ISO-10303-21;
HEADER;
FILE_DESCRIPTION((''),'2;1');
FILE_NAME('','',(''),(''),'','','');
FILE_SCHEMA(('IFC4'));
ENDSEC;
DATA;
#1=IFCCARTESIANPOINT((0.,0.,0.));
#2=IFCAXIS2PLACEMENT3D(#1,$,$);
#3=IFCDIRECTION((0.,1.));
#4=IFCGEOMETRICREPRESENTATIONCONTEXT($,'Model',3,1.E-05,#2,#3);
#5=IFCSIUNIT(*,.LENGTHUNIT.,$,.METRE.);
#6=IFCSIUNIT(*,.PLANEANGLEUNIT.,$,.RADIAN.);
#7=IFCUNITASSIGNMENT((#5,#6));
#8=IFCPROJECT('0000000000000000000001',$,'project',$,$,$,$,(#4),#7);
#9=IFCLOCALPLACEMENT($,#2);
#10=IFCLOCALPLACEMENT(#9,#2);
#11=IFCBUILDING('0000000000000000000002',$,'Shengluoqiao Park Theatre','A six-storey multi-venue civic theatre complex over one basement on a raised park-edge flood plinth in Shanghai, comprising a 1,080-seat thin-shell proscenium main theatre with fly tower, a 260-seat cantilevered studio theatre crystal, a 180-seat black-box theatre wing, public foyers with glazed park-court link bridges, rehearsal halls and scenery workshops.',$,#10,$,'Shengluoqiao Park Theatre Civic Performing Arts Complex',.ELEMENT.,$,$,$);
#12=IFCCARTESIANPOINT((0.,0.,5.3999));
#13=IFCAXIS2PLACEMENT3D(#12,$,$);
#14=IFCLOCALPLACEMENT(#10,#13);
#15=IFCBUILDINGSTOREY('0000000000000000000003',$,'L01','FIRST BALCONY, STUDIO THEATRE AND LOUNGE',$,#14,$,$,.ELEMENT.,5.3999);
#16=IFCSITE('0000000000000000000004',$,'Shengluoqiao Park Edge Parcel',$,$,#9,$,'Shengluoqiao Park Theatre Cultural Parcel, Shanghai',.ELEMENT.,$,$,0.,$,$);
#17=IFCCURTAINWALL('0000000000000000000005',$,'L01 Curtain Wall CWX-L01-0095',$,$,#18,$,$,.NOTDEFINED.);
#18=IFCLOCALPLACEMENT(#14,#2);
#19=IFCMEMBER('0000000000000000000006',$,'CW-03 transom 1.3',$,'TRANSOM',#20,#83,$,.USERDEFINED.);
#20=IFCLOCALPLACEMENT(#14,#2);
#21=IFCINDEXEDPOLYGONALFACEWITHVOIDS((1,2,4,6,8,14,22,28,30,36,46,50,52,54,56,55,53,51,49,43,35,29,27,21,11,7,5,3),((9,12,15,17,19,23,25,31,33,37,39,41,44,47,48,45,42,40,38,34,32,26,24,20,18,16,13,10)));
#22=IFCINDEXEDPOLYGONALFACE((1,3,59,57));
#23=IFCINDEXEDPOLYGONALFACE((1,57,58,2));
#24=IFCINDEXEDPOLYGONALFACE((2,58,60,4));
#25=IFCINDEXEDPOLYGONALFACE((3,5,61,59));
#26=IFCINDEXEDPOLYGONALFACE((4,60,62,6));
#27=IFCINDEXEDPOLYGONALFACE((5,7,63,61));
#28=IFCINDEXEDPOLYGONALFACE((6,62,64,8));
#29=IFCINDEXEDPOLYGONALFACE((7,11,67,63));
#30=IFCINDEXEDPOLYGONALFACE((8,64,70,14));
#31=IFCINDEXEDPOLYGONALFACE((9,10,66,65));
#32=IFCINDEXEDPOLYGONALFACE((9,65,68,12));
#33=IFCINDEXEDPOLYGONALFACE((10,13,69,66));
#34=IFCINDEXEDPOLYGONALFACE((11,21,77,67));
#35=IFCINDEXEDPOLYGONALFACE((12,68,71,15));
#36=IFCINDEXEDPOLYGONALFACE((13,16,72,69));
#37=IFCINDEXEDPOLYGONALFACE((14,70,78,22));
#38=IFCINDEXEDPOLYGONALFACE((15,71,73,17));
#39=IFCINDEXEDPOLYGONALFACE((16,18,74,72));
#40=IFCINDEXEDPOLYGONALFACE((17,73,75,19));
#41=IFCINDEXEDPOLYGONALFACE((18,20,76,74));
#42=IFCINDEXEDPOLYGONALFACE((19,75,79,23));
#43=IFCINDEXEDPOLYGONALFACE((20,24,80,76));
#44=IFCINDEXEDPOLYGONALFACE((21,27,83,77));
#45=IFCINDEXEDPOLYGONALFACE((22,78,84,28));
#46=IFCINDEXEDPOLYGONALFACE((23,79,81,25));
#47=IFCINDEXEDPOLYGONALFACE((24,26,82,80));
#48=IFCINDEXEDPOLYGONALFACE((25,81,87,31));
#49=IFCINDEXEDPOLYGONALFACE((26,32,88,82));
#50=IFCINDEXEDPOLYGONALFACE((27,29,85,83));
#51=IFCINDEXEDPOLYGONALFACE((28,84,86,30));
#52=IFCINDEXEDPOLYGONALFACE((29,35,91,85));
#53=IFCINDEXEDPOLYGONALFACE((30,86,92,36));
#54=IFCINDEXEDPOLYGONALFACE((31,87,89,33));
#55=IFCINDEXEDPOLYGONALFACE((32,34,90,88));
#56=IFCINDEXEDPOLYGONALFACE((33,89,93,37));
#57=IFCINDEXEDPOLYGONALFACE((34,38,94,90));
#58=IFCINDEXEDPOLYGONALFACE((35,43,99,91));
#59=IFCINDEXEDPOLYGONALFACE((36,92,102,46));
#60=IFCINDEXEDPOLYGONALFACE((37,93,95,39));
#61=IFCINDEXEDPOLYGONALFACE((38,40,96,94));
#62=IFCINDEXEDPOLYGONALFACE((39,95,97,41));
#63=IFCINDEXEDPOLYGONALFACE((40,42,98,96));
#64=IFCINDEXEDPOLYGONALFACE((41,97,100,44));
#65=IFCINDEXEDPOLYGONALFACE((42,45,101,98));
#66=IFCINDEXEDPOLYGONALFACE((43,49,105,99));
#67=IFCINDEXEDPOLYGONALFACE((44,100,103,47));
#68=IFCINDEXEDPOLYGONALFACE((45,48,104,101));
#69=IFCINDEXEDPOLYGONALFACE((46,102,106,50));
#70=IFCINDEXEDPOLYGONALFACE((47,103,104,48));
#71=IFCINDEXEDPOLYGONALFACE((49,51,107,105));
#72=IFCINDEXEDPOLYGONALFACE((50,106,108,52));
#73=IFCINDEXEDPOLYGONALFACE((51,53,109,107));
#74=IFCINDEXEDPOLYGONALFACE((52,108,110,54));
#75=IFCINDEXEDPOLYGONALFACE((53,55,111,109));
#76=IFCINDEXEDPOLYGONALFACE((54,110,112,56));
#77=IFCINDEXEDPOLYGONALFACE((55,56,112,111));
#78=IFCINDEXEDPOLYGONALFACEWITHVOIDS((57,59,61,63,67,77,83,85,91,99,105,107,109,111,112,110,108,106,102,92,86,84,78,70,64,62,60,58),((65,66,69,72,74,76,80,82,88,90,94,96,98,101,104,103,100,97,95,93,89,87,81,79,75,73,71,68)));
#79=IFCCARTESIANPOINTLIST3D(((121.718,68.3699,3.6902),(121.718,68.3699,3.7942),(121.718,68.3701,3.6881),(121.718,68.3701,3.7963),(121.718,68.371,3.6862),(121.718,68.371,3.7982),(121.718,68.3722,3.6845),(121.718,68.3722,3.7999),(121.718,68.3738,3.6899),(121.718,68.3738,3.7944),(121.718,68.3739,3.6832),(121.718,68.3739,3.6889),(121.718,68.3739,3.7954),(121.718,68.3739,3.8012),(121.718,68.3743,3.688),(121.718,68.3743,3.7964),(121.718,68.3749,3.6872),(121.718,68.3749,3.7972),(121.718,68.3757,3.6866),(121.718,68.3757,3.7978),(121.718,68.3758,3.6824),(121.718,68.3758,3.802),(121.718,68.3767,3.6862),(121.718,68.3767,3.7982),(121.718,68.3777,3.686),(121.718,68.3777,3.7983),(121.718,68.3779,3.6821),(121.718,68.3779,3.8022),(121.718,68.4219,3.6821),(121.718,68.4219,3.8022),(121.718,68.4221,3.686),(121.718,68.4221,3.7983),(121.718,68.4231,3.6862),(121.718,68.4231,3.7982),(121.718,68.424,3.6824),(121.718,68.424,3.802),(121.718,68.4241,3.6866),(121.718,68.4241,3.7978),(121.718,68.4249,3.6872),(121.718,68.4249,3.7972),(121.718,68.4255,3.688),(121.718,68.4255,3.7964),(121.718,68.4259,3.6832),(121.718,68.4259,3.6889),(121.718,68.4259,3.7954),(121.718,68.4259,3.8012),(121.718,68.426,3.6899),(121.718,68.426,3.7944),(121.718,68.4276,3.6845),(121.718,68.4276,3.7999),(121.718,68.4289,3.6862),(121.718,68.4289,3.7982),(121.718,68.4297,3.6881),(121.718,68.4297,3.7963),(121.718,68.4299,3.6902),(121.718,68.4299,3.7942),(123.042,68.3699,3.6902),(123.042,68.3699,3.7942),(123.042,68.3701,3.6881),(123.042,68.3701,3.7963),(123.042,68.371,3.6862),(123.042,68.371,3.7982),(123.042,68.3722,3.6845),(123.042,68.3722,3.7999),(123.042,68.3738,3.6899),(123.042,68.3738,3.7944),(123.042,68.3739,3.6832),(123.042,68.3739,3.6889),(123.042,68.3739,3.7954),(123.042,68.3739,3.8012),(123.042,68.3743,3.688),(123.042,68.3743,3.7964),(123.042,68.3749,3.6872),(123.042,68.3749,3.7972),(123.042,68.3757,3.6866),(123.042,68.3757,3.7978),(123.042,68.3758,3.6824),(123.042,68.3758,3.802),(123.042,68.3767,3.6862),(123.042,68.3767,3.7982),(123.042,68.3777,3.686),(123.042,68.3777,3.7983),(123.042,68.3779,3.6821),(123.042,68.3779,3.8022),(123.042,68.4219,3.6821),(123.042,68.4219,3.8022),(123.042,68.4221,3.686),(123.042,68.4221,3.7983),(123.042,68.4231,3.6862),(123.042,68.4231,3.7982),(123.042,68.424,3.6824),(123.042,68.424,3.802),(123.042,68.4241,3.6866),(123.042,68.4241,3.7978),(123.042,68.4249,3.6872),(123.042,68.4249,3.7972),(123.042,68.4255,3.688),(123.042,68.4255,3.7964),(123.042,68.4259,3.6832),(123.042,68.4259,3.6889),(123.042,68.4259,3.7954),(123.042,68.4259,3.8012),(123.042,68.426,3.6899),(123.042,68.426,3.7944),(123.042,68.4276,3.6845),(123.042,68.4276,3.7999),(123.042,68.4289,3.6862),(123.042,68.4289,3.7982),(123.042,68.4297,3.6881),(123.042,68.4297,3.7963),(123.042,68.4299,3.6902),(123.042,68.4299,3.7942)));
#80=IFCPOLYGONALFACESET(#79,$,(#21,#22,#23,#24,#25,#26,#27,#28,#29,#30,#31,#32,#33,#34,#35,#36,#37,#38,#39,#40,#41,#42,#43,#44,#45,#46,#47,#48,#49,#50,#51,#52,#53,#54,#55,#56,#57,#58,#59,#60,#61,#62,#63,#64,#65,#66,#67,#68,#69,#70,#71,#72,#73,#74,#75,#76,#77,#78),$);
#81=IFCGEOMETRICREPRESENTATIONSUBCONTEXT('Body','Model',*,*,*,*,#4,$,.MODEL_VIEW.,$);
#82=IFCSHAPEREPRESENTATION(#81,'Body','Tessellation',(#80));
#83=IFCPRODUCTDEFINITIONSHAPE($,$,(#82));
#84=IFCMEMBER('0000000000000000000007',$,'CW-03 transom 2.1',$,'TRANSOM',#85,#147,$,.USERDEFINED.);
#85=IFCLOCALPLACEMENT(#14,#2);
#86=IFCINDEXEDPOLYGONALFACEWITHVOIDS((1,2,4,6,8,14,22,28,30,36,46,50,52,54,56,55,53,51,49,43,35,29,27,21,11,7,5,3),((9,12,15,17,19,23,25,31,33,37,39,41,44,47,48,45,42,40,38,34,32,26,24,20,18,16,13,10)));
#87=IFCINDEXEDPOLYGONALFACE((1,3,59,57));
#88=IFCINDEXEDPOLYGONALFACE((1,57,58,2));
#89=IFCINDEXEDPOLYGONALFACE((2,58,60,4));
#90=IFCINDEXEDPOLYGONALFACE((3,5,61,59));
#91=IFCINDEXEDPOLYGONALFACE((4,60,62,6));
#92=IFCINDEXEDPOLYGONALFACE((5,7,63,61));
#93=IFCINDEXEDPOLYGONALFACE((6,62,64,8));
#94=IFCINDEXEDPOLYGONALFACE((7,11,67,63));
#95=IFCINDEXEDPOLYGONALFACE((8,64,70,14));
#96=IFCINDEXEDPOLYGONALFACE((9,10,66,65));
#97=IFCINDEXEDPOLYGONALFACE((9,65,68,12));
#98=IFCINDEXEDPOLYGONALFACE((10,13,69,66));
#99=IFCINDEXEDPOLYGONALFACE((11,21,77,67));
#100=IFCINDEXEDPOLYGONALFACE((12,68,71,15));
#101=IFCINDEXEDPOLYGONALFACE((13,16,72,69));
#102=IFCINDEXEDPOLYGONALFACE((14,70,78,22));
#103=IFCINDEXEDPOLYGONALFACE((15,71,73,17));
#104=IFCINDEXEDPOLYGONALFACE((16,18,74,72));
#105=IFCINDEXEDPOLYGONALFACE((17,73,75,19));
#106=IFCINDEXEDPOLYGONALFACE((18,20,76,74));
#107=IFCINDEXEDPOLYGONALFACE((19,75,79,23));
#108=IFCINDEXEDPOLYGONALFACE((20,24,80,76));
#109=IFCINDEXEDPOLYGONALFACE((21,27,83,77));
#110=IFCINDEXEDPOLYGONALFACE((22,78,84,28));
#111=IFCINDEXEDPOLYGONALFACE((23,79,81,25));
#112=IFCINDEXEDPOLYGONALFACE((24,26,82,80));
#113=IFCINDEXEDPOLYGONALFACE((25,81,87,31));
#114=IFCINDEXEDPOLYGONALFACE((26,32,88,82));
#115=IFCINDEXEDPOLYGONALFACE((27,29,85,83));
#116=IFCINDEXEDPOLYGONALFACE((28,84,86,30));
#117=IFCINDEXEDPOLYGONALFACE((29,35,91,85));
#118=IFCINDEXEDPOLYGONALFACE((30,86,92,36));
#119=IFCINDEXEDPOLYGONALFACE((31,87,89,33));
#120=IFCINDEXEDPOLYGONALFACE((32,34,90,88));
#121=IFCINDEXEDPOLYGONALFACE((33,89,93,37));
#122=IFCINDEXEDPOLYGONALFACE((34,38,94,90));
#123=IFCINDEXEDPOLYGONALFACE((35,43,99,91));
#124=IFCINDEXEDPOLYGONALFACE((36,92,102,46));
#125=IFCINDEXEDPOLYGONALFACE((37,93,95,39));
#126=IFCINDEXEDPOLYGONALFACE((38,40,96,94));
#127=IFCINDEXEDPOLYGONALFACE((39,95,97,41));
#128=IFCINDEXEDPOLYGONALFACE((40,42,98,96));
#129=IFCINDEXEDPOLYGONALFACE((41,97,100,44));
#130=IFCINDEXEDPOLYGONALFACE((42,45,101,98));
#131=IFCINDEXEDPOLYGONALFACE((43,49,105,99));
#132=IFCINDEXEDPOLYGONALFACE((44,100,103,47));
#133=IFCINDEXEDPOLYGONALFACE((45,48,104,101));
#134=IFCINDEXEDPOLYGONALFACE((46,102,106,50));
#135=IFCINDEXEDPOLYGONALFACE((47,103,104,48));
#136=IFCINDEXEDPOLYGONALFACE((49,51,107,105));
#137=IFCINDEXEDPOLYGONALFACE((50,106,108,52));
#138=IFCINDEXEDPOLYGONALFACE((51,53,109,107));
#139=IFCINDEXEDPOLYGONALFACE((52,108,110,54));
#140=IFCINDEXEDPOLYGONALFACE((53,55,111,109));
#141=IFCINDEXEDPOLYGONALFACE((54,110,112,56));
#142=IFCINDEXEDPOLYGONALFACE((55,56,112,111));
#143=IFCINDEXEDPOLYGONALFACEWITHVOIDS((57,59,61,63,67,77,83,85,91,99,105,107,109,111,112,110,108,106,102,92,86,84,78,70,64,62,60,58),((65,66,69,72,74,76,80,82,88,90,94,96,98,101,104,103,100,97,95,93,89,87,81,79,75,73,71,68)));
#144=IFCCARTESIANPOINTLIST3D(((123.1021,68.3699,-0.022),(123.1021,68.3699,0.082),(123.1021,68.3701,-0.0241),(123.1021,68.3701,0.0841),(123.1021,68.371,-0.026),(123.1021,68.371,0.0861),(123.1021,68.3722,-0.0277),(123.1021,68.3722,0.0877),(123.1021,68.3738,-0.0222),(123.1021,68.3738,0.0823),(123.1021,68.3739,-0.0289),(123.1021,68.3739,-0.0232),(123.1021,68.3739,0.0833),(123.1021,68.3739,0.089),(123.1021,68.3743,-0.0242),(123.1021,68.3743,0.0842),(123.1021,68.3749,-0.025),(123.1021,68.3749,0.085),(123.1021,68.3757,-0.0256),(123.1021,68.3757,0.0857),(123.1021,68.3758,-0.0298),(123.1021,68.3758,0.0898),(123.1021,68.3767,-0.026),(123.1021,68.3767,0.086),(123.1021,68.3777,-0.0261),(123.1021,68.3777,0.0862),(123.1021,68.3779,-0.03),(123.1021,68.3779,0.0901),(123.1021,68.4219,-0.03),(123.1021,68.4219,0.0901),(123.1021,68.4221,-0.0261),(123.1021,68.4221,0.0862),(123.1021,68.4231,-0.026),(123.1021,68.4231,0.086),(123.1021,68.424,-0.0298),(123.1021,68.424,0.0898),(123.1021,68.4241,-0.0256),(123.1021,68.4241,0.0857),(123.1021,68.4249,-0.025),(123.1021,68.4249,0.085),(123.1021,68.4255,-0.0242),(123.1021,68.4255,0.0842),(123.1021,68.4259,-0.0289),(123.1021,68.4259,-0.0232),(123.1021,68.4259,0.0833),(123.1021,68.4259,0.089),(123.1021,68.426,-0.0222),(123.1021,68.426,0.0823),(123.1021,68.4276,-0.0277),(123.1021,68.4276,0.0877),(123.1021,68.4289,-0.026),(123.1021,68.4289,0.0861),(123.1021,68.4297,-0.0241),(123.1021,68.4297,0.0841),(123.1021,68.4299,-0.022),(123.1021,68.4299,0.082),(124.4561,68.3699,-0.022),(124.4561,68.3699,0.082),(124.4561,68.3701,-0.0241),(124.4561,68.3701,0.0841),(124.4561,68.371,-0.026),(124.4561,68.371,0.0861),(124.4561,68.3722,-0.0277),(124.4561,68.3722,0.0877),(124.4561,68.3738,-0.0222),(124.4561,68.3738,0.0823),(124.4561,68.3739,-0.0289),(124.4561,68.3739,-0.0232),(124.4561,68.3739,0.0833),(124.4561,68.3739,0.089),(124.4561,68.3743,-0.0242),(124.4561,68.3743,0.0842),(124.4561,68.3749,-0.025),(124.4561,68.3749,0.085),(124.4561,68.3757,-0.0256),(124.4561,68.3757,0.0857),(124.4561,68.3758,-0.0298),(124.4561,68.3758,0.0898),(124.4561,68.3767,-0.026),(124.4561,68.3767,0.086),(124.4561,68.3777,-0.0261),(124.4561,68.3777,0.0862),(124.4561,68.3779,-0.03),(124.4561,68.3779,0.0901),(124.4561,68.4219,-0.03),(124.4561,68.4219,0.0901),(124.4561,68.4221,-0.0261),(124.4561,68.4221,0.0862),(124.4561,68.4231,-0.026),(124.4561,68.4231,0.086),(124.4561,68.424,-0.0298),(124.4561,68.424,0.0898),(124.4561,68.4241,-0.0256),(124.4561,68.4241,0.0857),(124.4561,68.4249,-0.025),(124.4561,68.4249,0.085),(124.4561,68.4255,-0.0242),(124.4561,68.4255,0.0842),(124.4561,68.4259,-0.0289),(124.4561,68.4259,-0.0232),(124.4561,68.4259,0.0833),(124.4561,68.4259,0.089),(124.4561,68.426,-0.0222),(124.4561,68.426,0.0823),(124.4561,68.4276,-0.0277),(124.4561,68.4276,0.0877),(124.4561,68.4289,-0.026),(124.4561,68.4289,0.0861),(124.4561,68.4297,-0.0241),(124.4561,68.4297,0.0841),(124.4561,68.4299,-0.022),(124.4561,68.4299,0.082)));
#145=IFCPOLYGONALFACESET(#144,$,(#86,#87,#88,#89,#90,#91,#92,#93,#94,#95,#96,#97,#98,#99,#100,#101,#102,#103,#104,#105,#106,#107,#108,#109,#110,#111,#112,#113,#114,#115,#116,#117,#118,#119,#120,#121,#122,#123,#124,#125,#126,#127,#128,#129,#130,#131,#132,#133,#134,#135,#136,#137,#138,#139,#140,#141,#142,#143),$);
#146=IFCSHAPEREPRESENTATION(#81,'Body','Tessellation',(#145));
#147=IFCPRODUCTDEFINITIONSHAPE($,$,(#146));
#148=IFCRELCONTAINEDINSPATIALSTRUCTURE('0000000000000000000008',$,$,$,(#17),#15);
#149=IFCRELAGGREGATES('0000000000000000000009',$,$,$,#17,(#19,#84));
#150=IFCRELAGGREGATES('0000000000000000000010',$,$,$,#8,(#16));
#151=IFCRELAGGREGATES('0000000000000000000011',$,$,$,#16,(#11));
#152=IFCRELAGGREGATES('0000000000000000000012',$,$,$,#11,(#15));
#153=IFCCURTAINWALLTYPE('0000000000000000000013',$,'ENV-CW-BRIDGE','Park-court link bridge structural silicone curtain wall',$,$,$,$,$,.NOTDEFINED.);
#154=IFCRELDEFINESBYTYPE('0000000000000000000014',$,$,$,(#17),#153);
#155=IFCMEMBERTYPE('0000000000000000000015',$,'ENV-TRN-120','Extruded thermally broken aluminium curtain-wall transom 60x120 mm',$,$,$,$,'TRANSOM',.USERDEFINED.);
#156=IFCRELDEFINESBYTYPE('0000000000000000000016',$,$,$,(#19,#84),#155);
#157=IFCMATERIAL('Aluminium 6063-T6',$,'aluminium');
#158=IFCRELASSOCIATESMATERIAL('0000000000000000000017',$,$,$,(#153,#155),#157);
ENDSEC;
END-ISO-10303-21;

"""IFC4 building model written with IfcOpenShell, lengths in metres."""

from ifc_helpers import new_model, si_unit, direction, frame, origin, origin_2d, place, context, subcontext, project, spatial, hollow_rectangle, extrude, material, material_profile, profile_set, type_object, element, aggregate, save


model = new_model("IFC4")

# Units and contexts
model_context = context("Model", 3, precision=1e-05, world=origin(), true_north=direction((0.0, 1.0)))
body_context = subcontext(model_context, "Body", "Model", "MODEL_VIEW")
ifc_project = project(units=[si_unit("LENGTHUNIT", "METRE"), si_unit("PLANEANGLEUNIT", "RADIAN")], contexts=[model_context])

# Site, building, storey
site_placement = place(None, origin())
site = spatial("IfcSite", under=ifc_project, at=site_placement, Name="Shengluoqiao Park Edge Parcel", LongName="Shengluoqiao Park Theatre Cultural Parcel, Shanghai", CompositionType="ELEMENT", RefElevation=0.0)
building_placement = place(site_placement, origin())
building = spatial("IfcBuilding", under=site, at=building_placement, Name="Shengluoqiao Park Theatre", Description="A six-storey multi-venue civic theatre complex over one basement on a raised park-edge flood plinth in Shanghai, comprising a 1,080-seat thin-shell proscenium main theatre with fly tower, a 260-seat cantilevered studio theatre crystal, a 180-seat black-box theatre wing, public foyers with glazed park-court link bridges, rehearsal halls and scenery workshops.", LongName="Shengluoqiao Park Theatre Civic Performing Arts Complex", CompositionType="ELEMENT")
storey_placement = place(building_placement, frame((0.0, 0.0, 5.3999)))
storey = spatial("IfcBuildingStorey", under=building, at=storey_placement, Name="L01", Description="FIRST BALCONY, STUDIO THEATRE AND LOUNGE", CompositionType="ELEMENT", Elevation=5.3999)

# Shared definitions
ifc_material_1 = material(Name="Aluminium 6063-T6", Category="aluminium")
curtain_wall_type = type_object("IfcCurtainWallType", Name="ENV-CW-BRIDGE", Description="Park-court link bridge structural silicone curtain wall", PredefinedType="NOTDEFINED", material=ifc_material_1)

# Curtain wall, members
curtain_wall_1_placement = place(storey_placement, origin())
curtain_wall_1 = element("IfcCurtainWall", 1, at=curtain_wall_1_placement, inside=storey, type_object=curtain_wall_type, Name="L01 Curtain Wall CWX-L01-0095", PredefinedType="NOTDEFINED")
ifc_material_profile_1 = material_profile(ifc_material_1, hollow_rectangle(XDim=0.0601, YDim=0.1201, WallThickness=0.0039, InnerFilletRadius=0.0039, OuterFilletRadius=0.0081, at=origin_2d()), Name="ALU TRANSOM 120x60x4")
ifc_profile_set_1 = profile_set([ifc_material_profile_1], Name="Aluminium 6063-T6")
member_type_1 = type_object("IfcMemberType", Name="ENV-TRN-120", Description="Extruded thermally broken aluminium curtain-wall transom 60x120 mm", ElementType="TRANSOM", PredefinedType="USERDEFINED", material=ifc_profile_set_1)
member_1_placement = place(storey_placement, frame((121.718, 68.3999, 3.7422), z_axis=(1.0, 0.0, 0.0), x_axis=(0.0, 1.0, 0.0)))
member_1 = element("IfcMember", 2, at=member_1_placement, type_object=member_type_1, Name="CW-03 transom 1.3", ObjectType="TRANSOM", PredefinedType="USERDEFINED", context=body_context, shape_type="SweptSolid", body=[
    extrude(hollow_rectangle(XDim=0.0601, YDim=0.1201, WallThickness=0.0039, InnerFilletRadius=0.0039, OuterFilletRadius=0.0081, at=origin_2d()), origin(), (0.0, 0.0, 1.0), 1.324),
])
member_2_placement = place(storey_placement, frame((123.1021, 68.3999, 0.03), z_axis=(1.0, 0.0, 0.0), x_axis=(0.0, 1.0, 0.0)))
member_2 = element("IfcMember", 3, at=member_2_placement, type_object=member_type_1, Name="CW-03 transom 2.1", ObjectType="TRANSOM", PredefinedType="USERDEFINED", context=body_context, shape_type="SweptSolid", body=[
    extrude(hollow_rectangle(XDim=0.0601, YDim=0.1201, WallThickness=0.0039, InnerFilletRadius=0.0039, OuterFilletRadius=0.0081, at=origin_2d()), origin(), (0.0, 0.0, 1.0), 1.354),
])

aggregate(curtain_wall_1, [member_1, member_2])

save(model, "model.ifc")
